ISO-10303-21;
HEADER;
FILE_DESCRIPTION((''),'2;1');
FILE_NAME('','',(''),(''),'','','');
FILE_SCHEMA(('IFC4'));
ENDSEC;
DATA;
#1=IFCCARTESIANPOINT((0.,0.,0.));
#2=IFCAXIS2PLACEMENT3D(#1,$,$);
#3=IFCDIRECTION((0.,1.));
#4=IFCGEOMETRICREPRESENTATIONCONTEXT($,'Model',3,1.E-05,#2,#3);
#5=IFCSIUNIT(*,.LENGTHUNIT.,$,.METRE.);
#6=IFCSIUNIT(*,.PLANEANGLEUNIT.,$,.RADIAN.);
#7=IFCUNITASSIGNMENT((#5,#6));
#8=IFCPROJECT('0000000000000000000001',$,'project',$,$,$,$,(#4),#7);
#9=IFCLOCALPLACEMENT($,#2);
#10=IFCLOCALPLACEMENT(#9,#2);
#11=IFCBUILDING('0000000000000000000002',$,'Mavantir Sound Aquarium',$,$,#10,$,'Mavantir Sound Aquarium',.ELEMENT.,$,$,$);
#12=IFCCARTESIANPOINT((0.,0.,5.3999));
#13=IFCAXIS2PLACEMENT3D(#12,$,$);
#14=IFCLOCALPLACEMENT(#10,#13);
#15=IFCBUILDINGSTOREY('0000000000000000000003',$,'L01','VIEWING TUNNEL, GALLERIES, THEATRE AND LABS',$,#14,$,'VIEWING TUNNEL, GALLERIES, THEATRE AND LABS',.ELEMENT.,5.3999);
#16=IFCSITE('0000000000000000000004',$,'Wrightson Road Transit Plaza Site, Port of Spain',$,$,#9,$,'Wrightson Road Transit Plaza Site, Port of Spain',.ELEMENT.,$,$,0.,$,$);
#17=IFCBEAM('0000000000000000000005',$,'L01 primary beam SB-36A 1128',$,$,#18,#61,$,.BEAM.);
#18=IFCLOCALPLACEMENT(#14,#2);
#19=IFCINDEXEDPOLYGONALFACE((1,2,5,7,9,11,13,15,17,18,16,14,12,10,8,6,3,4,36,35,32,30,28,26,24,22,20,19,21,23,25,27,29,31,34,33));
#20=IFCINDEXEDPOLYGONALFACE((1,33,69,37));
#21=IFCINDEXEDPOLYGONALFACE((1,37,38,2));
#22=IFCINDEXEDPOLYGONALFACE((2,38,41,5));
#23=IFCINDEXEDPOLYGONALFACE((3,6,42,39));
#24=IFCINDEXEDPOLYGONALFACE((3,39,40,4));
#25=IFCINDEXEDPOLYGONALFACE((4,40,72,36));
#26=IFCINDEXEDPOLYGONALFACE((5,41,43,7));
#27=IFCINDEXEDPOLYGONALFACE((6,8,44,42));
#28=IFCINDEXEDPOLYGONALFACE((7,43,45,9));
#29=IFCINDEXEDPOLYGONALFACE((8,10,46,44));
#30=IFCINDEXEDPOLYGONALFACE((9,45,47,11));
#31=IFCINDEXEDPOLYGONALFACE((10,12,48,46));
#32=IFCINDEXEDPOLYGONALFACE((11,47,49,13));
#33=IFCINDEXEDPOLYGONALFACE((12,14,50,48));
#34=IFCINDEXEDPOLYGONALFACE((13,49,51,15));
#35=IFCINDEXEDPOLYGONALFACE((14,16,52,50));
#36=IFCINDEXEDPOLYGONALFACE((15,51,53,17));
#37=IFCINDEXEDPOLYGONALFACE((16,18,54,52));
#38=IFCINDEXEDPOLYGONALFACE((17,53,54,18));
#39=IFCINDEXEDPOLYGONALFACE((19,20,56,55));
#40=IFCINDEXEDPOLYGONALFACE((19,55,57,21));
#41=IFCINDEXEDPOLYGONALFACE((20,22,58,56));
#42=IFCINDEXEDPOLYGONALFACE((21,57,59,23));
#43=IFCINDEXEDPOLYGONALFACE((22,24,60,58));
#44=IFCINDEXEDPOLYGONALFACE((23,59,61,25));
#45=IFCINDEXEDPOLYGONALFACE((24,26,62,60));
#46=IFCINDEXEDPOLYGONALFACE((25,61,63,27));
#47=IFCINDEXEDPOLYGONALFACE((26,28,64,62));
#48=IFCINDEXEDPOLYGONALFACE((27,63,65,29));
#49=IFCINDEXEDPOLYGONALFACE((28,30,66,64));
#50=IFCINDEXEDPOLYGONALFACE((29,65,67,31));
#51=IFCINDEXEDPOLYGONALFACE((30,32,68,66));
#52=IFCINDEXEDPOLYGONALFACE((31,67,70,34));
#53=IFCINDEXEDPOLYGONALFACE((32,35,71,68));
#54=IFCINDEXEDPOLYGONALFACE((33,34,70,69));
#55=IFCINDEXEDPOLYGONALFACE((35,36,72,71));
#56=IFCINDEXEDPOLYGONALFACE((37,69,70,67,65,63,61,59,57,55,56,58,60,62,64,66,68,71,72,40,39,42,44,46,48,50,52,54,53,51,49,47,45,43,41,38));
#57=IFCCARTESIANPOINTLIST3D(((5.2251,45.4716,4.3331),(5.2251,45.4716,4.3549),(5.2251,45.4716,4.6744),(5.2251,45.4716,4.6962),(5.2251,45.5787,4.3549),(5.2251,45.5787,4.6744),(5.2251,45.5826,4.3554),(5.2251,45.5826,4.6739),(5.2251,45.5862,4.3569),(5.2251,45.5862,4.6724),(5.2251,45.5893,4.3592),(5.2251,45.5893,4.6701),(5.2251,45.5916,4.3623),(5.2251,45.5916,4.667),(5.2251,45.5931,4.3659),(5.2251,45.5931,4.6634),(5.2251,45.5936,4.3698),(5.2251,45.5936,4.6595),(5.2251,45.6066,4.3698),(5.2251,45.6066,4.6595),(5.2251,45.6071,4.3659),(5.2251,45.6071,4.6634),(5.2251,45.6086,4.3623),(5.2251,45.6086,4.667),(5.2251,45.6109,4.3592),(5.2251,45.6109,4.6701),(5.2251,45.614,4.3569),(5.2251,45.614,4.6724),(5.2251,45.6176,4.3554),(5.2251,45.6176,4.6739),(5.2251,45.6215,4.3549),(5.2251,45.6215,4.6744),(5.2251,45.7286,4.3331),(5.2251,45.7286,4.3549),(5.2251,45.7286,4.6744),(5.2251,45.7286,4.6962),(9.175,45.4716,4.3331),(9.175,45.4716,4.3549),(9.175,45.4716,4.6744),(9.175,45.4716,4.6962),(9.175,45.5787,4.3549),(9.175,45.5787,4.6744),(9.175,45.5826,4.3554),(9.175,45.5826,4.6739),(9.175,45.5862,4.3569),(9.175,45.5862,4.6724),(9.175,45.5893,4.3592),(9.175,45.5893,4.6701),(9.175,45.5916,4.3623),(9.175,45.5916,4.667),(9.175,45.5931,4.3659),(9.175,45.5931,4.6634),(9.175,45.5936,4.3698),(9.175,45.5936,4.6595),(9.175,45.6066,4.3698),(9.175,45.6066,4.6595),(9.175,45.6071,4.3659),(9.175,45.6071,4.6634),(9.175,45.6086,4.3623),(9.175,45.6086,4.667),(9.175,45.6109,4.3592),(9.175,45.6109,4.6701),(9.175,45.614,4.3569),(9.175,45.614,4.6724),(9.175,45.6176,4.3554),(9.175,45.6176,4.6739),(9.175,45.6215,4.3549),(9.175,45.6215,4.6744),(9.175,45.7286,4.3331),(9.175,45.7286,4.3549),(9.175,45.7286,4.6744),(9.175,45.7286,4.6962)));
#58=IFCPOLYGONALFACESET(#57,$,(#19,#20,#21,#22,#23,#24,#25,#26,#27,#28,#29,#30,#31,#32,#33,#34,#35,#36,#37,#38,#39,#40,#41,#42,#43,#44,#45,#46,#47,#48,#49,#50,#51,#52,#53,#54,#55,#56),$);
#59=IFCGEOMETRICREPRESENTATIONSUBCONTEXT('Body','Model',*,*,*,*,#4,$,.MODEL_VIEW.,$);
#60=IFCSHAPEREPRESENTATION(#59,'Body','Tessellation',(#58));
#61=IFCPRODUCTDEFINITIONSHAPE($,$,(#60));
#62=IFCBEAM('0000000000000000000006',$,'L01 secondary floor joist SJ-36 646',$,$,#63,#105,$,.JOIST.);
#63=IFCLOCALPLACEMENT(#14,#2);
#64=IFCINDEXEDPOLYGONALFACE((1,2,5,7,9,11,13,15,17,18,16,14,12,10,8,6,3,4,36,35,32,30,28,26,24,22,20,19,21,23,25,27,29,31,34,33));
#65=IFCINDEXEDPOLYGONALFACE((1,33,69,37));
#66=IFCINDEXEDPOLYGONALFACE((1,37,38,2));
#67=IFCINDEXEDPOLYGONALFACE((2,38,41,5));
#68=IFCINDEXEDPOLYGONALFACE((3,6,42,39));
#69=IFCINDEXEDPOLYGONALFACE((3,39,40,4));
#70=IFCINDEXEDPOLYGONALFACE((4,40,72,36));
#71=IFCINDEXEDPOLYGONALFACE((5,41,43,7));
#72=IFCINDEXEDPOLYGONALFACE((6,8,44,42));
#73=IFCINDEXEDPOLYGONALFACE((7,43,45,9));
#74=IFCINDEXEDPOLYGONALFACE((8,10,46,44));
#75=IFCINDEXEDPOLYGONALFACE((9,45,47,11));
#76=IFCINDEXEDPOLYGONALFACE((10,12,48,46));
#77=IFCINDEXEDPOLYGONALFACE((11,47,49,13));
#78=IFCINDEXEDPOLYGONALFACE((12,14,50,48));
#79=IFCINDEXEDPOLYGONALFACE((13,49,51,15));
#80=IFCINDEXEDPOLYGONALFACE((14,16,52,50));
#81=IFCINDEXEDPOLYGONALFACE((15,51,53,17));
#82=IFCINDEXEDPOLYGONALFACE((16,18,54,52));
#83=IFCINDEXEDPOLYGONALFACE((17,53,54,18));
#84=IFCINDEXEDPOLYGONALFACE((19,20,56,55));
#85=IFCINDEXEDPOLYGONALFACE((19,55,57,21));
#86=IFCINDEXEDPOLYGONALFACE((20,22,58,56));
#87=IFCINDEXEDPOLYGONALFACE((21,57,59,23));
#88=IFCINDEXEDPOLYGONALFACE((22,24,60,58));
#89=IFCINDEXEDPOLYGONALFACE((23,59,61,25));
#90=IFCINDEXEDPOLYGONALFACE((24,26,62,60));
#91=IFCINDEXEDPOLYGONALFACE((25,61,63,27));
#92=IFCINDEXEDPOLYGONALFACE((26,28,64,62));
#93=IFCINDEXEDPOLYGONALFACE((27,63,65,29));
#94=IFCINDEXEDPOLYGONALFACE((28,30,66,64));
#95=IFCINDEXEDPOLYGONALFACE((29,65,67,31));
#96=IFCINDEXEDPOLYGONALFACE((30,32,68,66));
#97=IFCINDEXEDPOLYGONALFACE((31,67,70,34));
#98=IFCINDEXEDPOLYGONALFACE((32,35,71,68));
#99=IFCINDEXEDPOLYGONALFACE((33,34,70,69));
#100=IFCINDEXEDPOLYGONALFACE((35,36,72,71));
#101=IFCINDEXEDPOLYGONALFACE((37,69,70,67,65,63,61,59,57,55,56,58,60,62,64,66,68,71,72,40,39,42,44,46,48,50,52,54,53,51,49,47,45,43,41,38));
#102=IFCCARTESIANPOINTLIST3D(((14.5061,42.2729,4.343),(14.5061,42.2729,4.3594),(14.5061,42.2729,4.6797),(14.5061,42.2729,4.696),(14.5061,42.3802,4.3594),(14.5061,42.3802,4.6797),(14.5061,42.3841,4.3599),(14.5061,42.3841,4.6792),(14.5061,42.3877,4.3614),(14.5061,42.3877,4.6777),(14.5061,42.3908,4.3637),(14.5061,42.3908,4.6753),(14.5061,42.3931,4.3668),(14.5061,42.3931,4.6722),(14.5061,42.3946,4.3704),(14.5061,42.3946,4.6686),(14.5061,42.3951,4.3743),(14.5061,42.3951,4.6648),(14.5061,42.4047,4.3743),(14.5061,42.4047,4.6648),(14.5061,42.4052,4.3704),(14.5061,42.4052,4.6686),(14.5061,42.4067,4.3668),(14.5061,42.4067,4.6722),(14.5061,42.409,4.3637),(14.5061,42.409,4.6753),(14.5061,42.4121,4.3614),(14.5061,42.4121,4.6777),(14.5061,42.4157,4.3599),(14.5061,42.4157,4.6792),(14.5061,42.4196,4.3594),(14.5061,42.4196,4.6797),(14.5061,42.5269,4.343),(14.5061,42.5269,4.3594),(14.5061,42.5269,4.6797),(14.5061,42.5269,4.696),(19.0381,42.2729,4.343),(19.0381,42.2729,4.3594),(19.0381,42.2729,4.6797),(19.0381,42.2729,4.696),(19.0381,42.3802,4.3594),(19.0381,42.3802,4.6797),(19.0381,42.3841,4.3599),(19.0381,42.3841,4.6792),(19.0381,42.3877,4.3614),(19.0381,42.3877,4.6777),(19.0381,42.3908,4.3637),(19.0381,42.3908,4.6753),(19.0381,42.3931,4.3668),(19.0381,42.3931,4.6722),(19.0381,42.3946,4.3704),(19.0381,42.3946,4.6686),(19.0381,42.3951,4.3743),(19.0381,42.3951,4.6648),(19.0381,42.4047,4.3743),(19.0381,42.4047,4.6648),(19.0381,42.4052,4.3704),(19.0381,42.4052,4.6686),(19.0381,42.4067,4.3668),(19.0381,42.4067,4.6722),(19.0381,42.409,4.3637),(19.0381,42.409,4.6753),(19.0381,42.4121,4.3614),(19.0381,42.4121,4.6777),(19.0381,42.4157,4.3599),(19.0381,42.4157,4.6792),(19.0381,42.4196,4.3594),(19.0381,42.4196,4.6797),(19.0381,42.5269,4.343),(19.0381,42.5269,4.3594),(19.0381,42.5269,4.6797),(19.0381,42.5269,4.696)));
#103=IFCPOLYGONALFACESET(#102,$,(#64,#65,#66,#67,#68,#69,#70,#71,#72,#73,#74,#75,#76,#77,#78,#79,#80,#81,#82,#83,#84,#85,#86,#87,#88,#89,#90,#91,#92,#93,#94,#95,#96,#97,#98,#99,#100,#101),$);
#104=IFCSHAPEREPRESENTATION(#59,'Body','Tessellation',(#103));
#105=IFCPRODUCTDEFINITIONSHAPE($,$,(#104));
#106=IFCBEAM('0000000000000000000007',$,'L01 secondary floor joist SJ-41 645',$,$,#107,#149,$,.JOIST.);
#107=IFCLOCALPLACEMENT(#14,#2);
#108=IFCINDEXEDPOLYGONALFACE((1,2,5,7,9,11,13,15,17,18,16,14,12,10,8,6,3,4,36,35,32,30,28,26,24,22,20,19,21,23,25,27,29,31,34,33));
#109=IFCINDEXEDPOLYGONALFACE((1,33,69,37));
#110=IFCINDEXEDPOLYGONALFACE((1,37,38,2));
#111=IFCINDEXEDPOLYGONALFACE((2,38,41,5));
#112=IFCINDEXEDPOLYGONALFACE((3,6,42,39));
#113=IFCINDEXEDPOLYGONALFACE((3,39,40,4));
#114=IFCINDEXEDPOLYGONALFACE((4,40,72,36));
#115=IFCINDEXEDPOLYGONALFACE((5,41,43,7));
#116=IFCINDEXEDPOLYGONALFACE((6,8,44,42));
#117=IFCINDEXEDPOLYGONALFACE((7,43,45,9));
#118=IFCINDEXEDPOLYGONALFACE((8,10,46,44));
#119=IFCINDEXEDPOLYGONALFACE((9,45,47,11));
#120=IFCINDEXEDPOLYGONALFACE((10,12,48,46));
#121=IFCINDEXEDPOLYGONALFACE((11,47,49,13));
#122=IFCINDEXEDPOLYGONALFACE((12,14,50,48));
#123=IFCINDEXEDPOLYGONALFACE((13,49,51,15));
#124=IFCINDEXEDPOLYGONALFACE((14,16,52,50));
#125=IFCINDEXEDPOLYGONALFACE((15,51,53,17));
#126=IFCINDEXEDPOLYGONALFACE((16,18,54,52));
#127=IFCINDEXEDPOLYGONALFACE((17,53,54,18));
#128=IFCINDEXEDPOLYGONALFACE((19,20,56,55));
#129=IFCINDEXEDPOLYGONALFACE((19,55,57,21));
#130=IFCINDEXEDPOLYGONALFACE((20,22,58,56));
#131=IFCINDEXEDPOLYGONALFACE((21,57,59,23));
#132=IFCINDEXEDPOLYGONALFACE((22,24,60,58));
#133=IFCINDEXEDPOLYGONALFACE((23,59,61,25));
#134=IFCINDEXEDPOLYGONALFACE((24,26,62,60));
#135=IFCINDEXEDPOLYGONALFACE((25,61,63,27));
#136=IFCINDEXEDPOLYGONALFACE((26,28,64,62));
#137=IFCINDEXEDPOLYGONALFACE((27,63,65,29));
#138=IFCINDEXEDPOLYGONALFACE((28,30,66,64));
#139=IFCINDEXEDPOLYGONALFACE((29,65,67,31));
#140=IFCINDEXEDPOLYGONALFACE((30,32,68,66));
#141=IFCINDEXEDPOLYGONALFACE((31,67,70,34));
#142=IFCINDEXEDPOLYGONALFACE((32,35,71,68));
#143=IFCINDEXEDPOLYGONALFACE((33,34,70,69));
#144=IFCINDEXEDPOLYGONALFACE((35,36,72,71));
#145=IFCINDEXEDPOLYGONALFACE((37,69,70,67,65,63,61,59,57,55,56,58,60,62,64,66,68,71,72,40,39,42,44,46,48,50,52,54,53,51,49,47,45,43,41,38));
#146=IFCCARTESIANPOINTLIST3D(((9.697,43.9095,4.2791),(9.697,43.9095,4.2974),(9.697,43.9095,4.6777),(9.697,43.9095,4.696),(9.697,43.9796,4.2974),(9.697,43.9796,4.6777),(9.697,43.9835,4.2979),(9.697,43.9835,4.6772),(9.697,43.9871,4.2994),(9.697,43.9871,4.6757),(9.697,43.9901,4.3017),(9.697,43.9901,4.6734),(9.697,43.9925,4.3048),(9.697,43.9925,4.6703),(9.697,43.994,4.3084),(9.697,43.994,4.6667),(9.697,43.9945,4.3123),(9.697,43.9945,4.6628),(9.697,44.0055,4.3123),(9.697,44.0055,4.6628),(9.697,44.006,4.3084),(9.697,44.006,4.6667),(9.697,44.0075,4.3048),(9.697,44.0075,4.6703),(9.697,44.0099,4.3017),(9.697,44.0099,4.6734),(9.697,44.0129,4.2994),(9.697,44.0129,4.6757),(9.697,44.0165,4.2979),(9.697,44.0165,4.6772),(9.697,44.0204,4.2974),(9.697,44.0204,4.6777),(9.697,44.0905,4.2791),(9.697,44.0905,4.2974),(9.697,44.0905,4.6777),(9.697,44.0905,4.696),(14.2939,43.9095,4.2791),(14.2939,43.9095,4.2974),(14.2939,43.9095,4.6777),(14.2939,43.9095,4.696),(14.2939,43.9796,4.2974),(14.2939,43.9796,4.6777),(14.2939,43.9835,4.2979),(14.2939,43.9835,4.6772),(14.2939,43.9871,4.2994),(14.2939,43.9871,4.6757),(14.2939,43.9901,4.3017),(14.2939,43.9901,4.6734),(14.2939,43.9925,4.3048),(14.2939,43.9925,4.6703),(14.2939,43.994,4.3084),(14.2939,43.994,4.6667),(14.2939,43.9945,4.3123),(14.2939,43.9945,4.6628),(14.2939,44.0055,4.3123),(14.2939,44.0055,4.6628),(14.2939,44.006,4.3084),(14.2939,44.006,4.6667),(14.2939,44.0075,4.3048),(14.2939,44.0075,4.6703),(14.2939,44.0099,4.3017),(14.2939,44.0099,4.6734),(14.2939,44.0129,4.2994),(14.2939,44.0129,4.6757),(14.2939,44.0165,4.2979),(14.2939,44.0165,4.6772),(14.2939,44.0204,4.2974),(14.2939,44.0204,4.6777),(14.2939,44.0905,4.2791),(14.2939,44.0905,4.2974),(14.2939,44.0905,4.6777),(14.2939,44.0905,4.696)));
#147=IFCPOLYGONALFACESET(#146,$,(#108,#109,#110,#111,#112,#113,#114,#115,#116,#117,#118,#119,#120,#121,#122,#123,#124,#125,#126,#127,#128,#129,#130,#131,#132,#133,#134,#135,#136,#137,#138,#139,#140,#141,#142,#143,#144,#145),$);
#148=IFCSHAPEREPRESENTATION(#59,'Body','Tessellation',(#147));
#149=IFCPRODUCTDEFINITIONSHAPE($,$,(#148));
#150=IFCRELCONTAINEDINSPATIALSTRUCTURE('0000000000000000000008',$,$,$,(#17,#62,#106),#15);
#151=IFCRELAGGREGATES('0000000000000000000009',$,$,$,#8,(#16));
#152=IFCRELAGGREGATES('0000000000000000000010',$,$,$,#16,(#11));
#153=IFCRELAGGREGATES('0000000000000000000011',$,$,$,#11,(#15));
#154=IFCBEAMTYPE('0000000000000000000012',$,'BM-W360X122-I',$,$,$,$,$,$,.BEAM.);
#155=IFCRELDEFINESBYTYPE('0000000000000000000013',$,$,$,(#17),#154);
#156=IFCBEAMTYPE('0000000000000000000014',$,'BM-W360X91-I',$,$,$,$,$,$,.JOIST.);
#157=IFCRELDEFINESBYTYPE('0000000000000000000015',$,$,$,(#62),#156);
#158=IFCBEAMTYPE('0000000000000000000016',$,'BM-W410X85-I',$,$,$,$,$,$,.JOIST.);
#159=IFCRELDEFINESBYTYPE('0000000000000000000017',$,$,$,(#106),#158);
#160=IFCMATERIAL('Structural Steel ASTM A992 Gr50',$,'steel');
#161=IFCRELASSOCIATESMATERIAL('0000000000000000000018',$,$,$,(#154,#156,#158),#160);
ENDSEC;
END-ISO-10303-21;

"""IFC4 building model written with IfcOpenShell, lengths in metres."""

from ifc_helpers import new_model, si_unit, direction, frame, origin, origin_2d, place, context, subcontext, project, spatial, i_section, extrude, material, material_profile, profile_set, type_object, element, save


model = new_model("IFC4")

# Units and contexts
model_context = context("Model", 3, precision=1e-05, world=origin(), true_north=direction((0.0, 1.0)))
body_context = subcontext(model_context, "Body", "Model", "MODEL_VIEW")
ifc_project = project(units=[si_unit("LENGTHUNIT", "METRE"), si_unit("PLANEANGLEUNIT", "RADIAN")], contexts=[model_context])

# Site, building, storey
site_placement = place(None, origin())
site = spatial("IfcSite", under=ifc_project, at=site_placement, Name="Wrightson Road Transit Plaza Site, Port of Spain", LongName="Wrightson Road Transit Plaza Site, Port of Spain", CompositionType="ELEMENT", RefElevation=0.0)
building_placement = place(site_placement, origin())
building = spatial("IfcBuilding", under=site, at=building_placement, Name="Mavantir Sound Aquarium", LongName="Mavantir Sound Aquarium", CompositionType="ELEMENT")
storey_placement = place(building_placement, frame((0.0, 0.0, 5.3999)))
storey = spatial("IfcBuildingStorey", under=building, at=storey_placement, Name="L01", Description="VIEWING TUNNEL, GALLERIES, THEATRE AND LABS", LongName="VIEWING TUNNEL, GALLERIES, THEATRE AND LABS", CompositionType="ELEMENT", Elevation=5.3999)

# Beams
ifc_material_1 = material(Name="Structural Steel ASTM A992 Gr50", Category="steel")
ifc_material_profile_1 = material_profile(ifc_material_1, i_section(OverallWidth=0.2571, OverallDepth=0.363, WebThickness=0.0129, FlangeThickness=0.0217, FilletRadius=0.0149, at=origin_2d()), Name="W360X122")
ifc_profile_set_1 = profile_set([ifc_material_profile_1], Name="Structural Steel ASTM A992 Gr50")
beam_type_1 = type_object("IfcBeamType", Name="BM-W360X122-I", PredefinedType="BEAM", material=ifc_profile_set_1)
beam_1_placement = place(storey_placement, frame((5.2251, 45.6001, 4.5146), z_axis=(1.0, 0.0, 0.0), x_axis=(0.0, 1.0, 0.0)))
element("IfcBeam", 1, at=beam_1_placement, inside=storey, type_object=beam_type_1, Name="L01 primary beam SB-36A 1128", PredefinedType="BEAM", context=body_context, shape_type="SweptSolid", body=[
    extrude(i_section(OverallWidth=0.2571, OverallDepth=0.363, WebThickness=0.0129, FlangeThickness=0.0217, FilletRadius=0.0149, at=origin_2d()), origin(), (0.0, 0.0, 1.0), 3.95),
])
ifc_material_profile_2 = material_profile(ifc_material_1, i_section(OverallWidth=0.2539, OverallDepth=0.353, WebThickness=0.0095, FlangeThickness=0.0164, FilletRadius=0.0149, at=origin_2d()), Name="W360X91")
ifc_profile_set_2 = profile_set([ifc_material_profile_2], Name="Structural Steel ASTM A992 Gr50")
beam_type_2 = type_object("IfcBeamType", Name="BM-W360X91-I", PredefinedType="JOIST", material=ifc_profile_set_2)
beam_2_placement = place(storey_placement, frame((14.5061, 42.3999, 4.5195), z_axis=(1.0, 0.0, 0.0), x_axis=(0.0, 1.0, 0.0)))
element("IfcBeam", 2, at=beam_2_placement, inside=storey, type_object=beam_type_2, Name="L01 secondary floor joist SJ-36 646", PredefinedType="JOIST", context=body_context, shape_type="SweptSolid", body=[
    extrude(i_section(OverallWidth=0.2539, OverallDepth=0.353, WebThickness=0.0095, FlangeThickness=0.0164, FilletRadius=0.0149, at=origin_2d()), origin(), (0.0, 0.0, 1.0), 4.532),
])
ifc_material_profile_3 = material_profile(ifc_material_1, i_section(OverallWidth=0.1809, OverallDepth=0.417, WebThickness=0.011, FlangeThickness=0.0183, FilletRadius=0.0149, at=origin_2d()), Name="W410X85")
ifc_profile_set_3 = profile_set([ifc_material_profile_3], Name="Structural Steel ASTM A992 Gr50")
beam_type_3 = type_object("IfcBeamType", Name="BM-W410X85-I", PredefinedType="JOIST", material=ifc_profile_set_3)
beam_3_placement = place(storey_placement, frame((9.697, 44.0, 4.4875), z_axis=(1.0, 0.0, 0.0), x_axis=(0.0, 1.0, 0.0)))
element("IfcBeam", 3, at=beam_3_placement, inside=storey, type_object=beam_type_3, Name="L01 secondary floor joist SJ-41 645", PredefinedType="JOIST", context=body_context, shape_type="SweptSolid", body=[
    extrude(i_section(OverallWidth=0.1809, OverallDepth=0.417, WebThickness=0.011, FlangeThickness=0.0183, FilletRadius=0.0149, at=origin_2d()), origin(), (0.0, 0.0, 1.0), 4.5969),
])

save(model, "model.ifc")
